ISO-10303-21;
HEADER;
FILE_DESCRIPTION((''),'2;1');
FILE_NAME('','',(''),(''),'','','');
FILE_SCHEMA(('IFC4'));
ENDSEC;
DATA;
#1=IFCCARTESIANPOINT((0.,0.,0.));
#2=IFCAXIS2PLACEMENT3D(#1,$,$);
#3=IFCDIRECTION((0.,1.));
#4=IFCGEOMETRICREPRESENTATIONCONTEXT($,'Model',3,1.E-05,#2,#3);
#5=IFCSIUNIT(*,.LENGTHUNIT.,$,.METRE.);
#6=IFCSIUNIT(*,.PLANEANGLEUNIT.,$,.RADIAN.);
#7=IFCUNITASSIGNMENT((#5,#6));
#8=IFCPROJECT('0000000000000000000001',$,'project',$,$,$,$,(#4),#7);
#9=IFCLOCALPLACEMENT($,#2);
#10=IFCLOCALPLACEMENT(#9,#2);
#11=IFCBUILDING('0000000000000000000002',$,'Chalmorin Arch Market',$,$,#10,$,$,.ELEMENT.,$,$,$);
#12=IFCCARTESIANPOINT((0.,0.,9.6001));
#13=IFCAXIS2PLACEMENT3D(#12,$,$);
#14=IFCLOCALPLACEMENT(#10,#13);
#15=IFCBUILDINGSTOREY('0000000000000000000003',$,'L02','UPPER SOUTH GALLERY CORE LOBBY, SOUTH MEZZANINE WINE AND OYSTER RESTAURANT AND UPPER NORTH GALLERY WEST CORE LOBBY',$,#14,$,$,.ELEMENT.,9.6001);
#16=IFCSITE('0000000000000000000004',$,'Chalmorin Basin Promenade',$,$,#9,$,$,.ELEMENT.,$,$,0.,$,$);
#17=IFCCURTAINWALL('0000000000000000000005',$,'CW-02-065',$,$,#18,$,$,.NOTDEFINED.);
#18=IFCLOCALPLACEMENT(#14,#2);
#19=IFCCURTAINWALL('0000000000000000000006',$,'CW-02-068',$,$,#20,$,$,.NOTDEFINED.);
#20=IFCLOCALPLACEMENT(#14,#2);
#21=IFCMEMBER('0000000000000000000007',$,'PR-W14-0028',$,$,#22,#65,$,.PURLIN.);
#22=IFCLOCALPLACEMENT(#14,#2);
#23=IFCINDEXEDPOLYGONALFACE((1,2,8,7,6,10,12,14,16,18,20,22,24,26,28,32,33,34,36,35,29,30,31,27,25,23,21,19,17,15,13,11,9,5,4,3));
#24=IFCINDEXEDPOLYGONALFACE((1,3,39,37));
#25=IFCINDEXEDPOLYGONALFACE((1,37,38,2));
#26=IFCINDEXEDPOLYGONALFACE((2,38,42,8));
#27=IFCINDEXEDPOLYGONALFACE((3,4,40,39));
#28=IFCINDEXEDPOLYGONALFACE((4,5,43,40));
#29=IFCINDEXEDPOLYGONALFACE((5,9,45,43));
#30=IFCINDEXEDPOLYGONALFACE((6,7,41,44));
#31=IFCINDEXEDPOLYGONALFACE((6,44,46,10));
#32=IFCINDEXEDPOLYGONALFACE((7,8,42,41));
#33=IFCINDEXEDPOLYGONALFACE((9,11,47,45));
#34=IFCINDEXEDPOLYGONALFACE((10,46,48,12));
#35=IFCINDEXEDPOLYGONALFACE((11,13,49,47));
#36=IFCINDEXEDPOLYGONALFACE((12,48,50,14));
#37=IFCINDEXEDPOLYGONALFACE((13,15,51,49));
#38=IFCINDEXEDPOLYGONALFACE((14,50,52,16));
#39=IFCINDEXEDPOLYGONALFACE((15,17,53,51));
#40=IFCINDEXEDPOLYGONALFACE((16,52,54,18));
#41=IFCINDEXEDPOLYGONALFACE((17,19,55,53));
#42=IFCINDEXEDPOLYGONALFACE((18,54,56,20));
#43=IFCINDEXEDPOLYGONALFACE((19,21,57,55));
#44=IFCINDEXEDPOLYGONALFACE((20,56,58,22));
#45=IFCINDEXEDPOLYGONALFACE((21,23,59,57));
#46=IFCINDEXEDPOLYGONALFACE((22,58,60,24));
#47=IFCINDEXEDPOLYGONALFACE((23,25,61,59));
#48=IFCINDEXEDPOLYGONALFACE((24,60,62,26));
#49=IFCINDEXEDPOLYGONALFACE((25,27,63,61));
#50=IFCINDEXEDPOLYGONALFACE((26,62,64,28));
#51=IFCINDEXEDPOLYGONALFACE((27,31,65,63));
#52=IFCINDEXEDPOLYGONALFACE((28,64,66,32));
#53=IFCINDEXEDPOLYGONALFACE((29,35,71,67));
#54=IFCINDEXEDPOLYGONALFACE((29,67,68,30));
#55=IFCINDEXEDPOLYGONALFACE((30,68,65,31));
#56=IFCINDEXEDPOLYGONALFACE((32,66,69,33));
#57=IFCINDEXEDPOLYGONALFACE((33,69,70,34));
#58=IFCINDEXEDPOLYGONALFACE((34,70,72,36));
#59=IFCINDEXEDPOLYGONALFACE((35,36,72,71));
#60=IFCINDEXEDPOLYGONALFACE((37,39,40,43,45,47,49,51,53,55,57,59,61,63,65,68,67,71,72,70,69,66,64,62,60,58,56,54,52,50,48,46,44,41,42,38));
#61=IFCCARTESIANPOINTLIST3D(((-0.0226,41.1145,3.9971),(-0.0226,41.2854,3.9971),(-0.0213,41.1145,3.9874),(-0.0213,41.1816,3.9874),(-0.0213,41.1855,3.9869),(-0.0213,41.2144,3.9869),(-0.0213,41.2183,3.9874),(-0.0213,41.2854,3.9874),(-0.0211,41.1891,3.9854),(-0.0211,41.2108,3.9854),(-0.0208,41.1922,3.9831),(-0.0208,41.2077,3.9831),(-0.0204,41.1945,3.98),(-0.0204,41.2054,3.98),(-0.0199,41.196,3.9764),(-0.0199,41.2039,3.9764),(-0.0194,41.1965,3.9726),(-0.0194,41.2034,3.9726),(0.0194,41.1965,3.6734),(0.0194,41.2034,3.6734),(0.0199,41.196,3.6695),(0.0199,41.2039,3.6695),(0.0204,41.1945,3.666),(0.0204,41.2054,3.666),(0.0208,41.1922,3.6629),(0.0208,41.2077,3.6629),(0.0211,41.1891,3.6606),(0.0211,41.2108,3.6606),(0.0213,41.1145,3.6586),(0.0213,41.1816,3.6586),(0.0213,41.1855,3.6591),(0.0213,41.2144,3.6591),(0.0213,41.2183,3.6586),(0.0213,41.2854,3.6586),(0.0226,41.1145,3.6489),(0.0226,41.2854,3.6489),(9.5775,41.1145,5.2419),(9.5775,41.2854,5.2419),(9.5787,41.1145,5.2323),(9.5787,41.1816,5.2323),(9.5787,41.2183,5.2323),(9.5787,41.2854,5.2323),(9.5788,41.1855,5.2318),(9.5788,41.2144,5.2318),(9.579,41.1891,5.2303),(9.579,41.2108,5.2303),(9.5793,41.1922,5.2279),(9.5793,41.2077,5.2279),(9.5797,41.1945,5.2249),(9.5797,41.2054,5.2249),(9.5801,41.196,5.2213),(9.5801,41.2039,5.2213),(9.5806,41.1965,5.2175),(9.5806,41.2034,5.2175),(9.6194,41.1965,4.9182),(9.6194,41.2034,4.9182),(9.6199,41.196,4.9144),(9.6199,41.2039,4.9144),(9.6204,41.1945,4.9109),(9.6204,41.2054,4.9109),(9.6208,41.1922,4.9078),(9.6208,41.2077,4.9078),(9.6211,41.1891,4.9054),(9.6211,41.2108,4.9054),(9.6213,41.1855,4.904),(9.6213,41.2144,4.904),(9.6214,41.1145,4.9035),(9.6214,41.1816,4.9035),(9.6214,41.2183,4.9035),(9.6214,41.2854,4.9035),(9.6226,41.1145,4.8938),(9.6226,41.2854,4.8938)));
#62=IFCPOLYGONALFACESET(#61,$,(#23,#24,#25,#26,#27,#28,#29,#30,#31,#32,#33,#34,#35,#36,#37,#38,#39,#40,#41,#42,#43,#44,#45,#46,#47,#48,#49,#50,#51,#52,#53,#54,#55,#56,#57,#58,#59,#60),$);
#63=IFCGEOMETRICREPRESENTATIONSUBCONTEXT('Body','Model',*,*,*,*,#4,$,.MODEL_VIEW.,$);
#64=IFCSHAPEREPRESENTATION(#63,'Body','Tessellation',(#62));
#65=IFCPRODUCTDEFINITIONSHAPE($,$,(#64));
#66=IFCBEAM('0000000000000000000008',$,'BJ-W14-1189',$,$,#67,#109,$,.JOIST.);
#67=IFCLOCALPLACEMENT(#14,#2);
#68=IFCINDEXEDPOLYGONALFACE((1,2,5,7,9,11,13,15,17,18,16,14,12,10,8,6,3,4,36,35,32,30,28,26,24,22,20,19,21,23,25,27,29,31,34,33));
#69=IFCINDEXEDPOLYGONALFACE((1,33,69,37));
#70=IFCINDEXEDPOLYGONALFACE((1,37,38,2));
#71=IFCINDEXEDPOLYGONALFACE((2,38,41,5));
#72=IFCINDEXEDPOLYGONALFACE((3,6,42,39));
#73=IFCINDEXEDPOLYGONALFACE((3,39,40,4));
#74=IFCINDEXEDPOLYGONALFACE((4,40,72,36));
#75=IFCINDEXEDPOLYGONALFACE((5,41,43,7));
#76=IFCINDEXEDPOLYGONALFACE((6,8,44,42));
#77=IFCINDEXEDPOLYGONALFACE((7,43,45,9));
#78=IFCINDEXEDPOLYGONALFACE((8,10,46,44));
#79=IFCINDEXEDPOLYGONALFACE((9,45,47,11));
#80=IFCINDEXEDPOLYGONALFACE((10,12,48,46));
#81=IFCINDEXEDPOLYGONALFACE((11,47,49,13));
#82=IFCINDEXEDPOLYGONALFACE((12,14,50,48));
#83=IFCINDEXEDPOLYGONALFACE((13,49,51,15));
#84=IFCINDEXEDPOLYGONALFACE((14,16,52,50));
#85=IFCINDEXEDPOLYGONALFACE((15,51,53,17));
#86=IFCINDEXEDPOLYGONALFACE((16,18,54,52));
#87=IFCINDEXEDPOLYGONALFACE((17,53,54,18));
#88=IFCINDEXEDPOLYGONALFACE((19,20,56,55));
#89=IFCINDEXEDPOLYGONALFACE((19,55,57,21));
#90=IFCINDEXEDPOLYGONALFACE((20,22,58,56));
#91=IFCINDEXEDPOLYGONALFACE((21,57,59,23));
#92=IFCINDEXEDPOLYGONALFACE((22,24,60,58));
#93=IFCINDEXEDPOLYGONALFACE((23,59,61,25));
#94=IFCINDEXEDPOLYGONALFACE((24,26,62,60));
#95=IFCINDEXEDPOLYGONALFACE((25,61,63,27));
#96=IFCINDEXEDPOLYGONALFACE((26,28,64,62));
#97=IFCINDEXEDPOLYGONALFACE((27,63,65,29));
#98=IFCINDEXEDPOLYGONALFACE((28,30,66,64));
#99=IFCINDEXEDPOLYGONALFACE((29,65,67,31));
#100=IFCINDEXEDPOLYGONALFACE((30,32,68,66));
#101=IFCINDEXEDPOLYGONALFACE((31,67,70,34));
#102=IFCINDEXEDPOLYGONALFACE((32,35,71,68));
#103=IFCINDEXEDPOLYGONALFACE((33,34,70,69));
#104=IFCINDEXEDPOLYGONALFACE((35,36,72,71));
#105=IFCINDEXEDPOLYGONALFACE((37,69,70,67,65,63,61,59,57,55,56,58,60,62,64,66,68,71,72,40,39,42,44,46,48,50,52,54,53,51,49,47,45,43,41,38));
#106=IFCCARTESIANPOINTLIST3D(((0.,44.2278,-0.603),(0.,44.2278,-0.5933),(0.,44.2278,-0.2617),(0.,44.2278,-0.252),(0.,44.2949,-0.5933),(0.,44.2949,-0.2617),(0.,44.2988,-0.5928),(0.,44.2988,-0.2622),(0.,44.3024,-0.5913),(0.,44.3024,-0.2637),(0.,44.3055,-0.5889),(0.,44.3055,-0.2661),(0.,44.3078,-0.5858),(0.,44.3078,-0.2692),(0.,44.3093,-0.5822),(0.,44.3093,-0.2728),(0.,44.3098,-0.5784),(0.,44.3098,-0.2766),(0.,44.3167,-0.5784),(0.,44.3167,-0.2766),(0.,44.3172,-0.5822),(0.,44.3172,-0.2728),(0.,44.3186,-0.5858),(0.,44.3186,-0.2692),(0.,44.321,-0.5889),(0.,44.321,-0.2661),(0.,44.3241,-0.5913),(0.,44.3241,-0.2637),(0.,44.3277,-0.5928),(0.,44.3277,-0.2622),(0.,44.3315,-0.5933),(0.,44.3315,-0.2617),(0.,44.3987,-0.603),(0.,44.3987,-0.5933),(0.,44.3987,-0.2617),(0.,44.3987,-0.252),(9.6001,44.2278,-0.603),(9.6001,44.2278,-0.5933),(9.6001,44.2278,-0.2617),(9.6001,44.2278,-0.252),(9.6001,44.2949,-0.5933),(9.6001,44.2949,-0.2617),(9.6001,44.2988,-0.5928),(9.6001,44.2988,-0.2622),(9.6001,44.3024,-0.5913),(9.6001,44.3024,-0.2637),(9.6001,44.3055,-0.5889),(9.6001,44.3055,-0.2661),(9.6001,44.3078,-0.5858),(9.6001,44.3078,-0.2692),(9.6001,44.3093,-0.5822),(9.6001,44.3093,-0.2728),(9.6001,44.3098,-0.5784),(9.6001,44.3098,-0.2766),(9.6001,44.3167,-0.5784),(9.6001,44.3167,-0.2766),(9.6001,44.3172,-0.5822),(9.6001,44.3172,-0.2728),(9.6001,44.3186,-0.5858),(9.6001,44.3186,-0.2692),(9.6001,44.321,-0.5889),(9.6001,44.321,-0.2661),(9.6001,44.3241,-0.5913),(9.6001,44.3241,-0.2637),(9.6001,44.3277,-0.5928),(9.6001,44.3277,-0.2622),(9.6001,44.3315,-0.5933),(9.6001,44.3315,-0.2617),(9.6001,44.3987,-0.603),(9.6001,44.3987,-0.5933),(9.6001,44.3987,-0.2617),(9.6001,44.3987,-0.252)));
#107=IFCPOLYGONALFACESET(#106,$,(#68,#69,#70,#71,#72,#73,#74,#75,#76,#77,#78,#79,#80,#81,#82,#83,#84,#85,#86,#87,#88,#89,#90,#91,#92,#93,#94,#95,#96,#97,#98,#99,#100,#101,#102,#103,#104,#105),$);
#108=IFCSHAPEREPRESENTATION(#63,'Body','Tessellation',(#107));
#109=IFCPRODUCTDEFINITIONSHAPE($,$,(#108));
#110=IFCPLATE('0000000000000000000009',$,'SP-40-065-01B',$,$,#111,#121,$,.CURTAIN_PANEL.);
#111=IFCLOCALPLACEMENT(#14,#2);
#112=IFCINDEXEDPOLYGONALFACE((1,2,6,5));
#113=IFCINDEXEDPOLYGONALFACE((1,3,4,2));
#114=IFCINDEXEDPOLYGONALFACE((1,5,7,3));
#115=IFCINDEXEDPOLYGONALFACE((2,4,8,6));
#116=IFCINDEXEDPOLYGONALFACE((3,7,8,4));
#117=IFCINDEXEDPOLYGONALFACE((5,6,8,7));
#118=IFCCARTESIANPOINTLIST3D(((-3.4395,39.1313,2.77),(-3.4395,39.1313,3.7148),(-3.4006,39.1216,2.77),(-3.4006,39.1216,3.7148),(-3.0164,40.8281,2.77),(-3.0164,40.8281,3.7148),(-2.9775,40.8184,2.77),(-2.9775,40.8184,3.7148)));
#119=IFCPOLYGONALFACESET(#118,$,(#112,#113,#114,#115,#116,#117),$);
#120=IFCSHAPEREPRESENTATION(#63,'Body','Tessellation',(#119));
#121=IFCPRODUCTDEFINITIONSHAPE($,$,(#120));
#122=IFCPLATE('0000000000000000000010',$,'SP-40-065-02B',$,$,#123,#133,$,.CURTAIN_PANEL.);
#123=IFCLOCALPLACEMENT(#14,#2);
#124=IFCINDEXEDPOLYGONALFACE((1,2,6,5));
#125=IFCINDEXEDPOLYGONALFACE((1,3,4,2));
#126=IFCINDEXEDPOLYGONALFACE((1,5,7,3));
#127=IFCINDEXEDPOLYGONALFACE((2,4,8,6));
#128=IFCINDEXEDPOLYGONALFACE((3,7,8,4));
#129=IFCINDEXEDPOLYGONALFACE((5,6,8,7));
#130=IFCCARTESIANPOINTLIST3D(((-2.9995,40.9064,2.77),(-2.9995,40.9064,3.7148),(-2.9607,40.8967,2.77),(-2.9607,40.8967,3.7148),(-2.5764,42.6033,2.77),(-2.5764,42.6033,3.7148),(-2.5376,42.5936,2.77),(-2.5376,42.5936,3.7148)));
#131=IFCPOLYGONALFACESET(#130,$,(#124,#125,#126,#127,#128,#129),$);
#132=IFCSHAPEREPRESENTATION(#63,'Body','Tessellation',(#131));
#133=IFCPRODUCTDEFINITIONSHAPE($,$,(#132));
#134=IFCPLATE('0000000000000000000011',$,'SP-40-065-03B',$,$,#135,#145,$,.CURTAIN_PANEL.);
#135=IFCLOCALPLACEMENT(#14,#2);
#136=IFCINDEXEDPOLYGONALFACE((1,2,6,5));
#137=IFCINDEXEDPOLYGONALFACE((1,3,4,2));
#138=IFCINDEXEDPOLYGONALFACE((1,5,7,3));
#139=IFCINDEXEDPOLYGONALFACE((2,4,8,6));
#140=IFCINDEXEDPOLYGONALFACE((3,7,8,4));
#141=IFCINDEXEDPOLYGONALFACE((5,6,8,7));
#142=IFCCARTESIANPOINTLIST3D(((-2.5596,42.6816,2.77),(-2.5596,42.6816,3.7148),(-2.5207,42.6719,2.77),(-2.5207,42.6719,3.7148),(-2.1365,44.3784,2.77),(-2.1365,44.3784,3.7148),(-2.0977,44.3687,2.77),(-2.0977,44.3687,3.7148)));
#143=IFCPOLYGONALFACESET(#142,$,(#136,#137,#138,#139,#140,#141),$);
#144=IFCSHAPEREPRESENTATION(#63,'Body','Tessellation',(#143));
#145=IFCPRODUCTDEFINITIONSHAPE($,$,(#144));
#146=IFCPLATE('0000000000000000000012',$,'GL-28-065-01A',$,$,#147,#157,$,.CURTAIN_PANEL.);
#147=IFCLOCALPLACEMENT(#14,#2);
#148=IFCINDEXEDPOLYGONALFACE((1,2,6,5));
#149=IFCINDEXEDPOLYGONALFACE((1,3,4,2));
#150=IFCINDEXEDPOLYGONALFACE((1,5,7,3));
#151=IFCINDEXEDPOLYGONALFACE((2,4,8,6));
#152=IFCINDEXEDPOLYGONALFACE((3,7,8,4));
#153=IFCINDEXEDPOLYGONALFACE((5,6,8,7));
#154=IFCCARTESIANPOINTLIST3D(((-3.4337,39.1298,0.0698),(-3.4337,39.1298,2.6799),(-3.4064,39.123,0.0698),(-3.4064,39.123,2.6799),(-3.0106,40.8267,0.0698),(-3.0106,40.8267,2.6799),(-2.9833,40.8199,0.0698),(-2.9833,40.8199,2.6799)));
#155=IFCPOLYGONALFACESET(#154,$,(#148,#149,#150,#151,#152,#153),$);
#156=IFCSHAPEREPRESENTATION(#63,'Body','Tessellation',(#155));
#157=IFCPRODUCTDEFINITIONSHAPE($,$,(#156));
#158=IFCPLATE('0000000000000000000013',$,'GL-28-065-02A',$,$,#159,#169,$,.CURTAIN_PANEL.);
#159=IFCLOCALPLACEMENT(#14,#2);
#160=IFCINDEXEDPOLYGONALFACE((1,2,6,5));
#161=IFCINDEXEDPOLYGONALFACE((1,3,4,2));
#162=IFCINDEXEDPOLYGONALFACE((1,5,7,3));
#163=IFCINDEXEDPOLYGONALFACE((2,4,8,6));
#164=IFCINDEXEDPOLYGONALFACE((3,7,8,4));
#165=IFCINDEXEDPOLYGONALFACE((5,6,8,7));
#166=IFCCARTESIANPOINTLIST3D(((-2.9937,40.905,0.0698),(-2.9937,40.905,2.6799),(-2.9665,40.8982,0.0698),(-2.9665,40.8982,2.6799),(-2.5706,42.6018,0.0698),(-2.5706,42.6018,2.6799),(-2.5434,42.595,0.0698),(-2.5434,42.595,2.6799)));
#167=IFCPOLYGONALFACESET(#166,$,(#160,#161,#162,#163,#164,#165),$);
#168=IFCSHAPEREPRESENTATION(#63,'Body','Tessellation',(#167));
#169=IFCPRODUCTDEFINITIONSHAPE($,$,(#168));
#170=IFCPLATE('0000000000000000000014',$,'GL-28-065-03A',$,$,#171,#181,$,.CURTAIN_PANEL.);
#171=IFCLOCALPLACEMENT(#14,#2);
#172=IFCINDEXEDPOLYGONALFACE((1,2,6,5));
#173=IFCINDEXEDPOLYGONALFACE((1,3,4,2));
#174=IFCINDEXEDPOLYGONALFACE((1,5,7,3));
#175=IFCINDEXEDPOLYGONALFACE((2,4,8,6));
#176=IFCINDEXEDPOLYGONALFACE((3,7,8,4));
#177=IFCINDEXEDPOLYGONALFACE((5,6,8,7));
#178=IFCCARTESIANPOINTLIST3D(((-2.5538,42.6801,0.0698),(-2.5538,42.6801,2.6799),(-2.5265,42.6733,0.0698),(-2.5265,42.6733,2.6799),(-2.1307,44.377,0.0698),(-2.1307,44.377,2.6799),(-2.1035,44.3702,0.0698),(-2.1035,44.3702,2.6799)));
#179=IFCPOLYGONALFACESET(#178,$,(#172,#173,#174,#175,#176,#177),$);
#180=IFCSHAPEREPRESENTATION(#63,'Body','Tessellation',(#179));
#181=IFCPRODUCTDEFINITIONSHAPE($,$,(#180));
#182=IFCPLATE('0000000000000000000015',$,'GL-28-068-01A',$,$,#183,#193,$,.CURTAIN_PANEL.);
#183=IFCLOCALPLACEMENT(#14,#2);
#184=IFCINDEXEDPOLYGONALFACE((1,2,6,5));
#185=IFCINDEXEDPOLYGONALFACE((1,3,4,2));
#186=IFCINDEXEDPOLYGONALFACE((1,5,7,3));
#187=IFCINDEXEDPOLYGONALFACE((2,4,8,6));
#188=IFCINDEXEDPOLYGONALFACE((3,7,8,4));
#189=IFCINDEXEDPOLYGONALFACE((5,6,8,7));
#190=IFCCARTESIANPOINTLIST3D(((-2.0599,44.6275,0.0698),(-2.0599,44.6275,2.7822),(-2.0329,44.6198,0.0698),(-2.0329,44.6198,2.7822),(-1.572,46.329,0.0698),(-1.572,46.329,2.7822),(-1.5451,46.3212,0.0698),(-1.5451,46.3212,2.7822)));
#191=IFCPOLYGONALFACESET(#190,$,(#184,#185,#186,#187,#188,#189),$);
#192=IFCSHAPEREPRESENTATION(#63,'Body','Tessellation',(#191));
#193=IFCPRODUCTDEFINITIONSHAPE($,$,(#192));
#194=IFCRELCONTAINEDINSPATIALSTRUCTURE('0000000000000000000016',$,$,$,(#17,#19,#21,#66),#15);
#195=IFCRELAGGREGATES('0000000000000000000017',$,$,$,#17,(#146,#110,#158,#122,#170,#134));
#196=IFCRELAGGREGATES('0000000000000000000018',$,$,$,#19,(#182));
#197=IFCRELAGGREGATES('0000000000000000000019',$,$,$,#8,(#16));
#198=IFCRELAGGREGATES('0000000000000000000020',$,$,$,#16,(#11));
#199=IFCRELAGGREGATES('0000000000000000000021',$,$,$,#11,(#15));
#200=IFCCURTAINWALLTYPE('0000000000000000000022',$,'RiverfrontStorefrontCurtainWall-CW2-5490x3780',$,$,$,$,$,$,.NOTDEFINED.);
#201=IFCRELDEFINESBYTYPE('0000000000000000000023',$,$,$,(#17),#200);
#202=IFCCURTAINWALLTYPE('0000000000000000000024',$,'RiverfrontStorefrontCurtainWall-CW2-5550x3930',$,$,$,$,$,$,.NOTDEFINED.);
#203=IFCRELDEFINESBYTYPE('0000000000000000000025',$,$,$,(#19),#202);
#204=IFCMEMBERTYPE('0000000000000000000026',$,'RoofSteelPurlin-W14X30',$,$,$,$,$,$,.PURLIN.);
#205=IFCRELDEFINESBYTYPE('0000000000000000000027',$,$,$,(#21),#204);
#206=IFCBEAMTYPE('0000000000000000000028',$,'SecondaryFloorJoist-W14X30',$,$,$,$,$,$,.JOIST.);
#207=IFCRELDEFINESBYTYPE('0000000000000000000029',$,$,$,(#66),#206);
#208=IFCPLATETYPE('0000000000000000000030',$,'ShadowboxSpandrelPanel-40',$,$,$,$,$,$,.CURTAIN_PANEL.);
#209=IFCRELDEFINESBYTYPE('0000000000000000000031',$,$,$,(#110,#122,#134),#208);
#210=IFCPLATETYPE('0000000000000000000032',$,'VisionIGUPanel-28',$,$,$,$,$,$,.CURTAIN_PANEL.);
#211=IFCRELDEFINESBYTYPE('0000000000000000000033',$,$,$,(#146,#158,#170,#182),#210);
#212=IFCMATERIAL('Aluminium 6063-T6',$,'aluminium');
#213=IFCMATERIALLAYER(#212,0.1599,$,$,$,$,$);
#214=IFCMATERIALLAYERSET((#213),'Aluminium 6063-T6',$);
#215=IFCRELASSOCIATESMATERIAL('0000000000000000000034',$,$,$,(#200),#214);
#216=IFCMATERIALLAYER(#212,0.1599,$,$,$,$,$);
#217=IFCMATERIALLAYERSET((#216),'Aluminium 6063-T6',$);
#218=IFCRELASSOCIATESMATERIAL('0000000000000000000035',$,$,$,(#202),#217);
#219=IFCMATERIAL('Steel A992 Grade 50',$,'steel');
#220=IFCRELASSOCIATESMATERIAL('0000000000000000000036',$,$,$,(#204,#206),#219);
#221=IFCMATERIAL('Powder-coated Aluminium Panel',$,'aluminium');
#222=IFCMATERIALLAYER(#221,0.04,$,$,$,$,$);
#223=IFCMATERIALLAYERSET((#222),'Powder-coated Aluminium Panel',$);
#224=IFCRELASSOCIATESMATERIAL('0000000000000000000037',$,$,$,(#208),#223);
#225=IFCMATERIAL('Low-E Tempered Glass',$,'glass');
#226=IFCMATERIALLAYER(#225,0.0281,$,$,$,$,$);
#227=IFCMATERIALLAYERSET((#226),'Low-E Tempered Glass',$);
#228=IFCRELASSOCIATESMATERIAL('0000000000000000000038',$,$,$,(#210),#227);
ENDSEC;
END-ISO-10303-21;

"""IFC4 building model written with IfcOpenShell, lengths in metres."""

from ifc_helpers import new_model, si_unit, direction, frame, origin, origin_2d, place, context, subcontext, project, spatial, rectangle, i_section, extrude, material, layer, layer_set, material_profile, profile_set, type_object, element, aggregate, save


model = new_model("IFC4")

# Units and contexts
model_context = context("Model", 3, precision=1e-05, world=origin(), true_north=direction((0.0, 1.0)))
body_context = subcontext(model_context, "Body", "Model", "MODEL_VIEW")
ifc_project = project(units=[si_unit("LENGTHUNIT", "METRE"), si_unit("PLANEANGLEUNIT", "RADIAN")], contexts=[model_context])

# Site, building, storey
site_placement = place(None, origin())
site = spatial("IfcSite", under=ifc_project, at=site_placement, Name="Chalmorin Basin Promenade", CompositionType="ELEMENT", RefElevation=0.0)
building_placement = place(site_placement, origin())
building = spatial("IfcBuilding", under=site, at=building_placement, Name="Chalmorin Arch Market", CompositionType="ELEMENT")
storey_placement = place(building_placement, frame((0.0, 0.0, 9.6001)))
storey = spatial("IfcBuildingStorey", under=building, at=storey_placement, Name="L02", Description="UPPER SOUTH GALLERY CORE LOBBY, SOUTH MEZZANINE WINE AND OYSTER RESTAURANT AND UPPER NORTH GALLERY WEST CORE LOBBY", CompositionType="ELEMENT", Elevation=9.6001)

# Curtain wall
ifc_material_1 = material(Name="Aluminium 6063-T6", Category="aluminium")
ifc_layer_1 = layer(ifc_material_1, 0.1599)
ifc_layer_set_1 = layer_set([ifc_layer_1], Name="Aluminium 6063-T6")
curtain_wall_type_1 = type_object("IfcCurtainWallType", Name="RiverfrontStorefrontCurtainWall-CW2-5490x3780", PredefinedType="NOTDEFINED", material=ifc_layer_set_1)
curtain_wall_1_placement = place(storey_placement, origin())
curtain_wall_1 = element("IfcCurtainWall", 1, at=curtain_wall_1_placement, inside=storey, type_object=curtain_wall_type_1, Name="CW-02-065", PredefinedType="NOTDEFINED")

# Curtain wall
ifc_layer_2 = layer(ifc_material_1, 0.1599)
ifc_layer_set_2 = layer_set([ifc_layer_2], Name="Aluminium 6063-T6")
curtain_wall_type_2 = type_object("IfcCurtainWallType", Name="RiverfrontStorefrontCurtainWall-CW2-5550x3930", PredefinedType="NOTDEFINED", material=ifc_layer_set_2)
curtain_wall_2_placement = place(storey_placement, origin())
curtain_wall_2 = element("IfcCurtainWall", 2, at=curtain_wall_2_placement, inside=storey, type_object=curtain_wall_type_2, Name="CW-02-068", PredefinedType="NOTDEFINED")

# Shared definitions
ifc_material_2 = material(Name="Steel A992 Grade 50", Category="steel")

# Member
ifc_material_profile_1 = material_profile(ifc_material_2, i_section(OverallWidth=0.1709, OverallDepth=0.3511, WebThickness=0.0068, FlangeThickness=0.0098, FilletRadius=0.0149, at=origin_2d()), Name="W14X30")
ifc_profile_set_1 = profile_set([ifc_material_profile_1], Name="Steel A992 Grade 50")
member_type_1 = type_object("IfcMemberType", Name="RoofSteelPurlin-W14X30", PredefinedType="PURLIN", material=ifc_profile_set_1)
member_1_placement = place(storey_placement, frame((0.0, 41.2, 3.823), z_axis=(0.991697, 0.0, 0.128596), x_axis=(0.0, 1.0, 0.0)))
element("IfcMember", 3, at=member_1_placement, inside=storey, type_object=member_type_1, Name="PR-W14-0028", PredefinedType="PURLIN", context=body_context, shape_type="SweptSolid", body=[
    extrude(i_section(OverallWidth=0.1709, OverallDepth=0.3511, WebThickness=0.0068, FlangeThickness=0.0098, FilletRadius=0.0149, at=origin_2d()), origin(), (0.0, 0.0, 1.0), 9.6804),
])

# Beam
ifc_material_profile_2 = material_profile(ifc_material_2, i_section(OverallWidth=0.1709, OverallDepth=0.3511, WebThickness=0.0068, FlangeThickness=0.0098, FilletRadius=0.0149, at=origin_2d()), Name="W14X30")
ifc_profile_set_2 = profile_set([ifc_material_profile_2], Name="Steel A992 Grade 50")
beam_type_1 = type_object("IfcBeamType", Name="SecondaryFloorJoist-W14X30", PredefinedType="JOIST", material=ifc_profile_set_2)
beam_1_placement = place(storey_placement, frame((0.0, 44.3132, -0.4275), z_axis=(1.0, 0.0, 0.0), x_axis=(0.0, 1.0, 0.0)))
element("IfcBeam", 4, at=beam_1_placement, inside=storey, type_object=beam_type_1, Name="BJ-W14-1189", PredefinedType="JOIST", context=body_context, shape_type="SweptSolid", body=[
    extrude(i_section(OverallWidth=0.1709, OverallDepth=0.3511, WebThickness=0.0068, FlangeThickness=0.0098, FilletRadius=0.0149, at=origin_2d()), origin(), (0.0, 0.0, 1.0), 9.6001),
])

# Plates
ifc_material_3 = material(Name="Powder-coated Aluminium Panel", Category="aluminium")
ifc_layer_3 = layer(ifc_material_3, 0.04)
ifc_layer_set_3 = layer_set([ifc_layer_3], Name="Powder-coated Aluminium Panel")
plate_type_1 = type_object("IfcPlateType", Name="ShadowboxSpandrelPanel-40", PredefinedType="CURTAIN_PANEL", material=ifc_layer_set_3)
plate_1_placement = place(storey_placement, frame((-3.2085, 39.9749, 2.77), z_axis=(0.0, 0.0, 1.0), x_axis=(0.241922, 0.970296, 0.0)))
plate_1 = element("IfcPlate", 5, at=plate_1_placement, type_object=plate_type_1, Name="SP-40-065-01B", PredefinedType="CURTAIN_PANEL", context=body_context, shape_type="SweptSolid", body=[
    extrude(rectangle(XDim=1.7488, YDim=0.04, at=origin_2d()), origin(), (0.0, 0.0, 1.0), 0.9448),
])
plate_2_placement = place(storey_placement, frame((-2.7686, 41.75, 2.77), z_axis=(0.0, 0.0, 1.0), x_axis=(0.241922, 0.970296, 0.0)))
plate_2 = element("IfcPlate", 6, at=plate_2_placement, type_object=plate_type_1, Name="SP-40-065-02B", PredefinedType="CURTAIN_PANEL", context=body_context, shape_type="SweptSolid", body=[
    extrude(rectangle(XDim=1.7488, YDim=0.04, at=origin_2d()), origin(), (0.0, 0.0, 1.0), 0.9448),
])
plate_3_placement = place(storey_placement, frame((-2.3286, 43.5251, 2.77), z_axis=(0.0, 0.0, 1.0), x_axis=(0.241922, 0.970296, 0.0)))
plate_3 = element("IfcPlate", 7, at=plate_3_placement, type_object=plate_type_1, Name="SP-40-065-03B", PredefinedType="CURTAIN_PANEL", context=body_context, shape_type="SweptSolid", body=[
    extrude(rectangle(XDim=1.7488, YDim=0.04, at=origin_2d()), origin(), (0.0, 0.0, 1.0), 0.9448),
])
ifc_material_4 = material(Name="Low-E Tempered Glass", Category="glass")
ifc_layer_4 = layer(ifc_material_4, 0.0281)
ifc_layer_set_4 = layer_set([ifc_layer_4], Name="Low-E Tempered Glass")
plate_type_2 = type_object("IfcPlateType", Name="VisionIGUPanel-28", PredefinedType="CURTAIN_PANEL", material=ifc_layer_set_4)
plate_4_placement = place(storey_placement, frame((-3.2085, 39.9749, 0.0698), z_axis=(0.0, 0.0, 1.0), x_axis=(0.241922, 0.970296, 0.0)))
plate_4 = element("IfcPlate", 8, at=plate_4_placement, type_object=plate_type_2, Name="GL-28-065-01A", PredefinedType="CURTAIN_PANEL", context=body_context, shape_type="SweptSolid", body=[
    extrude(rectangle(XDim=1.7488, YDim=0.0281, at=origin_2d()), origin(), (0.0, 0.0, 1.0), 2.6101),
])
plate_5_placement = place(storey_placement, frame((-2.7686, 41.75, 0.0698), z_axis=(0.0, 0.0, 1.0), x_axis=(0.241922, 0.970296, 0.0)))
plate_5 = element("IfcPlate", 9, at=plate_5_placement, type_object=plate_type_2, Name="GL-28-065-02A", PredefinedType="CURTAIN_PANEL", context=body_context, shape_type="SweptSolid", body=[
    extrude(rectangle(XDim=1.7488, YDim=0.0281, at=origin_2d()), origin(), (0.0, 0.0, 1.0), 2.6101),
])
plate_6_placement = place(storey_placement, frame((-2.3286, 43.5251, 0.0698), z_axis=(0.0, 0.0, 1.0), x_axis=(0.241922, 0.970296, 0.0)))
plate_6 = element("IfcPlate", 10, at=plate_6_placement, type_object=plate_type_2, Name="GL-28-065-03A", PredefinedType="CURTAIN_PANEL", context=body_context, shape_type="SweptSolid", body=[
    extrude(rectangle(XDim=1.7488, YDim=0.0281, at=origin_2d()), origin(), (0.0, 0.0, 1.0), 2.6101),
])
aggregate(curtain_wall_1, [plate_4, plate_1, plate_5, plate_2, plate_6, plate_3])
plate_7_placement = place(storey_placement, frame((-1.8025, 45.4744, 0.0698), z_axis=(0.0, 0.0, 1.0), x_axis=(0.275637, 0.961262, 0.0)))
plate_7 = element("IfcPlate", 11, at=plate_7_placement, type_object=plate_type_2, Name="GL-28-068-01A", PredefinedType="CURTAIN_PANEL", context=body_context, shape_type="SweptSolid", body=[
    extrude(rectangle(XDim=1.77, YDim=0.0281, at=origin_2d()), origin(), (0.0, 0.0, 1.0), 2.7124),
])
aggregate(curtain_wall_2, [plate_7])

save(model, "model.ifc")
